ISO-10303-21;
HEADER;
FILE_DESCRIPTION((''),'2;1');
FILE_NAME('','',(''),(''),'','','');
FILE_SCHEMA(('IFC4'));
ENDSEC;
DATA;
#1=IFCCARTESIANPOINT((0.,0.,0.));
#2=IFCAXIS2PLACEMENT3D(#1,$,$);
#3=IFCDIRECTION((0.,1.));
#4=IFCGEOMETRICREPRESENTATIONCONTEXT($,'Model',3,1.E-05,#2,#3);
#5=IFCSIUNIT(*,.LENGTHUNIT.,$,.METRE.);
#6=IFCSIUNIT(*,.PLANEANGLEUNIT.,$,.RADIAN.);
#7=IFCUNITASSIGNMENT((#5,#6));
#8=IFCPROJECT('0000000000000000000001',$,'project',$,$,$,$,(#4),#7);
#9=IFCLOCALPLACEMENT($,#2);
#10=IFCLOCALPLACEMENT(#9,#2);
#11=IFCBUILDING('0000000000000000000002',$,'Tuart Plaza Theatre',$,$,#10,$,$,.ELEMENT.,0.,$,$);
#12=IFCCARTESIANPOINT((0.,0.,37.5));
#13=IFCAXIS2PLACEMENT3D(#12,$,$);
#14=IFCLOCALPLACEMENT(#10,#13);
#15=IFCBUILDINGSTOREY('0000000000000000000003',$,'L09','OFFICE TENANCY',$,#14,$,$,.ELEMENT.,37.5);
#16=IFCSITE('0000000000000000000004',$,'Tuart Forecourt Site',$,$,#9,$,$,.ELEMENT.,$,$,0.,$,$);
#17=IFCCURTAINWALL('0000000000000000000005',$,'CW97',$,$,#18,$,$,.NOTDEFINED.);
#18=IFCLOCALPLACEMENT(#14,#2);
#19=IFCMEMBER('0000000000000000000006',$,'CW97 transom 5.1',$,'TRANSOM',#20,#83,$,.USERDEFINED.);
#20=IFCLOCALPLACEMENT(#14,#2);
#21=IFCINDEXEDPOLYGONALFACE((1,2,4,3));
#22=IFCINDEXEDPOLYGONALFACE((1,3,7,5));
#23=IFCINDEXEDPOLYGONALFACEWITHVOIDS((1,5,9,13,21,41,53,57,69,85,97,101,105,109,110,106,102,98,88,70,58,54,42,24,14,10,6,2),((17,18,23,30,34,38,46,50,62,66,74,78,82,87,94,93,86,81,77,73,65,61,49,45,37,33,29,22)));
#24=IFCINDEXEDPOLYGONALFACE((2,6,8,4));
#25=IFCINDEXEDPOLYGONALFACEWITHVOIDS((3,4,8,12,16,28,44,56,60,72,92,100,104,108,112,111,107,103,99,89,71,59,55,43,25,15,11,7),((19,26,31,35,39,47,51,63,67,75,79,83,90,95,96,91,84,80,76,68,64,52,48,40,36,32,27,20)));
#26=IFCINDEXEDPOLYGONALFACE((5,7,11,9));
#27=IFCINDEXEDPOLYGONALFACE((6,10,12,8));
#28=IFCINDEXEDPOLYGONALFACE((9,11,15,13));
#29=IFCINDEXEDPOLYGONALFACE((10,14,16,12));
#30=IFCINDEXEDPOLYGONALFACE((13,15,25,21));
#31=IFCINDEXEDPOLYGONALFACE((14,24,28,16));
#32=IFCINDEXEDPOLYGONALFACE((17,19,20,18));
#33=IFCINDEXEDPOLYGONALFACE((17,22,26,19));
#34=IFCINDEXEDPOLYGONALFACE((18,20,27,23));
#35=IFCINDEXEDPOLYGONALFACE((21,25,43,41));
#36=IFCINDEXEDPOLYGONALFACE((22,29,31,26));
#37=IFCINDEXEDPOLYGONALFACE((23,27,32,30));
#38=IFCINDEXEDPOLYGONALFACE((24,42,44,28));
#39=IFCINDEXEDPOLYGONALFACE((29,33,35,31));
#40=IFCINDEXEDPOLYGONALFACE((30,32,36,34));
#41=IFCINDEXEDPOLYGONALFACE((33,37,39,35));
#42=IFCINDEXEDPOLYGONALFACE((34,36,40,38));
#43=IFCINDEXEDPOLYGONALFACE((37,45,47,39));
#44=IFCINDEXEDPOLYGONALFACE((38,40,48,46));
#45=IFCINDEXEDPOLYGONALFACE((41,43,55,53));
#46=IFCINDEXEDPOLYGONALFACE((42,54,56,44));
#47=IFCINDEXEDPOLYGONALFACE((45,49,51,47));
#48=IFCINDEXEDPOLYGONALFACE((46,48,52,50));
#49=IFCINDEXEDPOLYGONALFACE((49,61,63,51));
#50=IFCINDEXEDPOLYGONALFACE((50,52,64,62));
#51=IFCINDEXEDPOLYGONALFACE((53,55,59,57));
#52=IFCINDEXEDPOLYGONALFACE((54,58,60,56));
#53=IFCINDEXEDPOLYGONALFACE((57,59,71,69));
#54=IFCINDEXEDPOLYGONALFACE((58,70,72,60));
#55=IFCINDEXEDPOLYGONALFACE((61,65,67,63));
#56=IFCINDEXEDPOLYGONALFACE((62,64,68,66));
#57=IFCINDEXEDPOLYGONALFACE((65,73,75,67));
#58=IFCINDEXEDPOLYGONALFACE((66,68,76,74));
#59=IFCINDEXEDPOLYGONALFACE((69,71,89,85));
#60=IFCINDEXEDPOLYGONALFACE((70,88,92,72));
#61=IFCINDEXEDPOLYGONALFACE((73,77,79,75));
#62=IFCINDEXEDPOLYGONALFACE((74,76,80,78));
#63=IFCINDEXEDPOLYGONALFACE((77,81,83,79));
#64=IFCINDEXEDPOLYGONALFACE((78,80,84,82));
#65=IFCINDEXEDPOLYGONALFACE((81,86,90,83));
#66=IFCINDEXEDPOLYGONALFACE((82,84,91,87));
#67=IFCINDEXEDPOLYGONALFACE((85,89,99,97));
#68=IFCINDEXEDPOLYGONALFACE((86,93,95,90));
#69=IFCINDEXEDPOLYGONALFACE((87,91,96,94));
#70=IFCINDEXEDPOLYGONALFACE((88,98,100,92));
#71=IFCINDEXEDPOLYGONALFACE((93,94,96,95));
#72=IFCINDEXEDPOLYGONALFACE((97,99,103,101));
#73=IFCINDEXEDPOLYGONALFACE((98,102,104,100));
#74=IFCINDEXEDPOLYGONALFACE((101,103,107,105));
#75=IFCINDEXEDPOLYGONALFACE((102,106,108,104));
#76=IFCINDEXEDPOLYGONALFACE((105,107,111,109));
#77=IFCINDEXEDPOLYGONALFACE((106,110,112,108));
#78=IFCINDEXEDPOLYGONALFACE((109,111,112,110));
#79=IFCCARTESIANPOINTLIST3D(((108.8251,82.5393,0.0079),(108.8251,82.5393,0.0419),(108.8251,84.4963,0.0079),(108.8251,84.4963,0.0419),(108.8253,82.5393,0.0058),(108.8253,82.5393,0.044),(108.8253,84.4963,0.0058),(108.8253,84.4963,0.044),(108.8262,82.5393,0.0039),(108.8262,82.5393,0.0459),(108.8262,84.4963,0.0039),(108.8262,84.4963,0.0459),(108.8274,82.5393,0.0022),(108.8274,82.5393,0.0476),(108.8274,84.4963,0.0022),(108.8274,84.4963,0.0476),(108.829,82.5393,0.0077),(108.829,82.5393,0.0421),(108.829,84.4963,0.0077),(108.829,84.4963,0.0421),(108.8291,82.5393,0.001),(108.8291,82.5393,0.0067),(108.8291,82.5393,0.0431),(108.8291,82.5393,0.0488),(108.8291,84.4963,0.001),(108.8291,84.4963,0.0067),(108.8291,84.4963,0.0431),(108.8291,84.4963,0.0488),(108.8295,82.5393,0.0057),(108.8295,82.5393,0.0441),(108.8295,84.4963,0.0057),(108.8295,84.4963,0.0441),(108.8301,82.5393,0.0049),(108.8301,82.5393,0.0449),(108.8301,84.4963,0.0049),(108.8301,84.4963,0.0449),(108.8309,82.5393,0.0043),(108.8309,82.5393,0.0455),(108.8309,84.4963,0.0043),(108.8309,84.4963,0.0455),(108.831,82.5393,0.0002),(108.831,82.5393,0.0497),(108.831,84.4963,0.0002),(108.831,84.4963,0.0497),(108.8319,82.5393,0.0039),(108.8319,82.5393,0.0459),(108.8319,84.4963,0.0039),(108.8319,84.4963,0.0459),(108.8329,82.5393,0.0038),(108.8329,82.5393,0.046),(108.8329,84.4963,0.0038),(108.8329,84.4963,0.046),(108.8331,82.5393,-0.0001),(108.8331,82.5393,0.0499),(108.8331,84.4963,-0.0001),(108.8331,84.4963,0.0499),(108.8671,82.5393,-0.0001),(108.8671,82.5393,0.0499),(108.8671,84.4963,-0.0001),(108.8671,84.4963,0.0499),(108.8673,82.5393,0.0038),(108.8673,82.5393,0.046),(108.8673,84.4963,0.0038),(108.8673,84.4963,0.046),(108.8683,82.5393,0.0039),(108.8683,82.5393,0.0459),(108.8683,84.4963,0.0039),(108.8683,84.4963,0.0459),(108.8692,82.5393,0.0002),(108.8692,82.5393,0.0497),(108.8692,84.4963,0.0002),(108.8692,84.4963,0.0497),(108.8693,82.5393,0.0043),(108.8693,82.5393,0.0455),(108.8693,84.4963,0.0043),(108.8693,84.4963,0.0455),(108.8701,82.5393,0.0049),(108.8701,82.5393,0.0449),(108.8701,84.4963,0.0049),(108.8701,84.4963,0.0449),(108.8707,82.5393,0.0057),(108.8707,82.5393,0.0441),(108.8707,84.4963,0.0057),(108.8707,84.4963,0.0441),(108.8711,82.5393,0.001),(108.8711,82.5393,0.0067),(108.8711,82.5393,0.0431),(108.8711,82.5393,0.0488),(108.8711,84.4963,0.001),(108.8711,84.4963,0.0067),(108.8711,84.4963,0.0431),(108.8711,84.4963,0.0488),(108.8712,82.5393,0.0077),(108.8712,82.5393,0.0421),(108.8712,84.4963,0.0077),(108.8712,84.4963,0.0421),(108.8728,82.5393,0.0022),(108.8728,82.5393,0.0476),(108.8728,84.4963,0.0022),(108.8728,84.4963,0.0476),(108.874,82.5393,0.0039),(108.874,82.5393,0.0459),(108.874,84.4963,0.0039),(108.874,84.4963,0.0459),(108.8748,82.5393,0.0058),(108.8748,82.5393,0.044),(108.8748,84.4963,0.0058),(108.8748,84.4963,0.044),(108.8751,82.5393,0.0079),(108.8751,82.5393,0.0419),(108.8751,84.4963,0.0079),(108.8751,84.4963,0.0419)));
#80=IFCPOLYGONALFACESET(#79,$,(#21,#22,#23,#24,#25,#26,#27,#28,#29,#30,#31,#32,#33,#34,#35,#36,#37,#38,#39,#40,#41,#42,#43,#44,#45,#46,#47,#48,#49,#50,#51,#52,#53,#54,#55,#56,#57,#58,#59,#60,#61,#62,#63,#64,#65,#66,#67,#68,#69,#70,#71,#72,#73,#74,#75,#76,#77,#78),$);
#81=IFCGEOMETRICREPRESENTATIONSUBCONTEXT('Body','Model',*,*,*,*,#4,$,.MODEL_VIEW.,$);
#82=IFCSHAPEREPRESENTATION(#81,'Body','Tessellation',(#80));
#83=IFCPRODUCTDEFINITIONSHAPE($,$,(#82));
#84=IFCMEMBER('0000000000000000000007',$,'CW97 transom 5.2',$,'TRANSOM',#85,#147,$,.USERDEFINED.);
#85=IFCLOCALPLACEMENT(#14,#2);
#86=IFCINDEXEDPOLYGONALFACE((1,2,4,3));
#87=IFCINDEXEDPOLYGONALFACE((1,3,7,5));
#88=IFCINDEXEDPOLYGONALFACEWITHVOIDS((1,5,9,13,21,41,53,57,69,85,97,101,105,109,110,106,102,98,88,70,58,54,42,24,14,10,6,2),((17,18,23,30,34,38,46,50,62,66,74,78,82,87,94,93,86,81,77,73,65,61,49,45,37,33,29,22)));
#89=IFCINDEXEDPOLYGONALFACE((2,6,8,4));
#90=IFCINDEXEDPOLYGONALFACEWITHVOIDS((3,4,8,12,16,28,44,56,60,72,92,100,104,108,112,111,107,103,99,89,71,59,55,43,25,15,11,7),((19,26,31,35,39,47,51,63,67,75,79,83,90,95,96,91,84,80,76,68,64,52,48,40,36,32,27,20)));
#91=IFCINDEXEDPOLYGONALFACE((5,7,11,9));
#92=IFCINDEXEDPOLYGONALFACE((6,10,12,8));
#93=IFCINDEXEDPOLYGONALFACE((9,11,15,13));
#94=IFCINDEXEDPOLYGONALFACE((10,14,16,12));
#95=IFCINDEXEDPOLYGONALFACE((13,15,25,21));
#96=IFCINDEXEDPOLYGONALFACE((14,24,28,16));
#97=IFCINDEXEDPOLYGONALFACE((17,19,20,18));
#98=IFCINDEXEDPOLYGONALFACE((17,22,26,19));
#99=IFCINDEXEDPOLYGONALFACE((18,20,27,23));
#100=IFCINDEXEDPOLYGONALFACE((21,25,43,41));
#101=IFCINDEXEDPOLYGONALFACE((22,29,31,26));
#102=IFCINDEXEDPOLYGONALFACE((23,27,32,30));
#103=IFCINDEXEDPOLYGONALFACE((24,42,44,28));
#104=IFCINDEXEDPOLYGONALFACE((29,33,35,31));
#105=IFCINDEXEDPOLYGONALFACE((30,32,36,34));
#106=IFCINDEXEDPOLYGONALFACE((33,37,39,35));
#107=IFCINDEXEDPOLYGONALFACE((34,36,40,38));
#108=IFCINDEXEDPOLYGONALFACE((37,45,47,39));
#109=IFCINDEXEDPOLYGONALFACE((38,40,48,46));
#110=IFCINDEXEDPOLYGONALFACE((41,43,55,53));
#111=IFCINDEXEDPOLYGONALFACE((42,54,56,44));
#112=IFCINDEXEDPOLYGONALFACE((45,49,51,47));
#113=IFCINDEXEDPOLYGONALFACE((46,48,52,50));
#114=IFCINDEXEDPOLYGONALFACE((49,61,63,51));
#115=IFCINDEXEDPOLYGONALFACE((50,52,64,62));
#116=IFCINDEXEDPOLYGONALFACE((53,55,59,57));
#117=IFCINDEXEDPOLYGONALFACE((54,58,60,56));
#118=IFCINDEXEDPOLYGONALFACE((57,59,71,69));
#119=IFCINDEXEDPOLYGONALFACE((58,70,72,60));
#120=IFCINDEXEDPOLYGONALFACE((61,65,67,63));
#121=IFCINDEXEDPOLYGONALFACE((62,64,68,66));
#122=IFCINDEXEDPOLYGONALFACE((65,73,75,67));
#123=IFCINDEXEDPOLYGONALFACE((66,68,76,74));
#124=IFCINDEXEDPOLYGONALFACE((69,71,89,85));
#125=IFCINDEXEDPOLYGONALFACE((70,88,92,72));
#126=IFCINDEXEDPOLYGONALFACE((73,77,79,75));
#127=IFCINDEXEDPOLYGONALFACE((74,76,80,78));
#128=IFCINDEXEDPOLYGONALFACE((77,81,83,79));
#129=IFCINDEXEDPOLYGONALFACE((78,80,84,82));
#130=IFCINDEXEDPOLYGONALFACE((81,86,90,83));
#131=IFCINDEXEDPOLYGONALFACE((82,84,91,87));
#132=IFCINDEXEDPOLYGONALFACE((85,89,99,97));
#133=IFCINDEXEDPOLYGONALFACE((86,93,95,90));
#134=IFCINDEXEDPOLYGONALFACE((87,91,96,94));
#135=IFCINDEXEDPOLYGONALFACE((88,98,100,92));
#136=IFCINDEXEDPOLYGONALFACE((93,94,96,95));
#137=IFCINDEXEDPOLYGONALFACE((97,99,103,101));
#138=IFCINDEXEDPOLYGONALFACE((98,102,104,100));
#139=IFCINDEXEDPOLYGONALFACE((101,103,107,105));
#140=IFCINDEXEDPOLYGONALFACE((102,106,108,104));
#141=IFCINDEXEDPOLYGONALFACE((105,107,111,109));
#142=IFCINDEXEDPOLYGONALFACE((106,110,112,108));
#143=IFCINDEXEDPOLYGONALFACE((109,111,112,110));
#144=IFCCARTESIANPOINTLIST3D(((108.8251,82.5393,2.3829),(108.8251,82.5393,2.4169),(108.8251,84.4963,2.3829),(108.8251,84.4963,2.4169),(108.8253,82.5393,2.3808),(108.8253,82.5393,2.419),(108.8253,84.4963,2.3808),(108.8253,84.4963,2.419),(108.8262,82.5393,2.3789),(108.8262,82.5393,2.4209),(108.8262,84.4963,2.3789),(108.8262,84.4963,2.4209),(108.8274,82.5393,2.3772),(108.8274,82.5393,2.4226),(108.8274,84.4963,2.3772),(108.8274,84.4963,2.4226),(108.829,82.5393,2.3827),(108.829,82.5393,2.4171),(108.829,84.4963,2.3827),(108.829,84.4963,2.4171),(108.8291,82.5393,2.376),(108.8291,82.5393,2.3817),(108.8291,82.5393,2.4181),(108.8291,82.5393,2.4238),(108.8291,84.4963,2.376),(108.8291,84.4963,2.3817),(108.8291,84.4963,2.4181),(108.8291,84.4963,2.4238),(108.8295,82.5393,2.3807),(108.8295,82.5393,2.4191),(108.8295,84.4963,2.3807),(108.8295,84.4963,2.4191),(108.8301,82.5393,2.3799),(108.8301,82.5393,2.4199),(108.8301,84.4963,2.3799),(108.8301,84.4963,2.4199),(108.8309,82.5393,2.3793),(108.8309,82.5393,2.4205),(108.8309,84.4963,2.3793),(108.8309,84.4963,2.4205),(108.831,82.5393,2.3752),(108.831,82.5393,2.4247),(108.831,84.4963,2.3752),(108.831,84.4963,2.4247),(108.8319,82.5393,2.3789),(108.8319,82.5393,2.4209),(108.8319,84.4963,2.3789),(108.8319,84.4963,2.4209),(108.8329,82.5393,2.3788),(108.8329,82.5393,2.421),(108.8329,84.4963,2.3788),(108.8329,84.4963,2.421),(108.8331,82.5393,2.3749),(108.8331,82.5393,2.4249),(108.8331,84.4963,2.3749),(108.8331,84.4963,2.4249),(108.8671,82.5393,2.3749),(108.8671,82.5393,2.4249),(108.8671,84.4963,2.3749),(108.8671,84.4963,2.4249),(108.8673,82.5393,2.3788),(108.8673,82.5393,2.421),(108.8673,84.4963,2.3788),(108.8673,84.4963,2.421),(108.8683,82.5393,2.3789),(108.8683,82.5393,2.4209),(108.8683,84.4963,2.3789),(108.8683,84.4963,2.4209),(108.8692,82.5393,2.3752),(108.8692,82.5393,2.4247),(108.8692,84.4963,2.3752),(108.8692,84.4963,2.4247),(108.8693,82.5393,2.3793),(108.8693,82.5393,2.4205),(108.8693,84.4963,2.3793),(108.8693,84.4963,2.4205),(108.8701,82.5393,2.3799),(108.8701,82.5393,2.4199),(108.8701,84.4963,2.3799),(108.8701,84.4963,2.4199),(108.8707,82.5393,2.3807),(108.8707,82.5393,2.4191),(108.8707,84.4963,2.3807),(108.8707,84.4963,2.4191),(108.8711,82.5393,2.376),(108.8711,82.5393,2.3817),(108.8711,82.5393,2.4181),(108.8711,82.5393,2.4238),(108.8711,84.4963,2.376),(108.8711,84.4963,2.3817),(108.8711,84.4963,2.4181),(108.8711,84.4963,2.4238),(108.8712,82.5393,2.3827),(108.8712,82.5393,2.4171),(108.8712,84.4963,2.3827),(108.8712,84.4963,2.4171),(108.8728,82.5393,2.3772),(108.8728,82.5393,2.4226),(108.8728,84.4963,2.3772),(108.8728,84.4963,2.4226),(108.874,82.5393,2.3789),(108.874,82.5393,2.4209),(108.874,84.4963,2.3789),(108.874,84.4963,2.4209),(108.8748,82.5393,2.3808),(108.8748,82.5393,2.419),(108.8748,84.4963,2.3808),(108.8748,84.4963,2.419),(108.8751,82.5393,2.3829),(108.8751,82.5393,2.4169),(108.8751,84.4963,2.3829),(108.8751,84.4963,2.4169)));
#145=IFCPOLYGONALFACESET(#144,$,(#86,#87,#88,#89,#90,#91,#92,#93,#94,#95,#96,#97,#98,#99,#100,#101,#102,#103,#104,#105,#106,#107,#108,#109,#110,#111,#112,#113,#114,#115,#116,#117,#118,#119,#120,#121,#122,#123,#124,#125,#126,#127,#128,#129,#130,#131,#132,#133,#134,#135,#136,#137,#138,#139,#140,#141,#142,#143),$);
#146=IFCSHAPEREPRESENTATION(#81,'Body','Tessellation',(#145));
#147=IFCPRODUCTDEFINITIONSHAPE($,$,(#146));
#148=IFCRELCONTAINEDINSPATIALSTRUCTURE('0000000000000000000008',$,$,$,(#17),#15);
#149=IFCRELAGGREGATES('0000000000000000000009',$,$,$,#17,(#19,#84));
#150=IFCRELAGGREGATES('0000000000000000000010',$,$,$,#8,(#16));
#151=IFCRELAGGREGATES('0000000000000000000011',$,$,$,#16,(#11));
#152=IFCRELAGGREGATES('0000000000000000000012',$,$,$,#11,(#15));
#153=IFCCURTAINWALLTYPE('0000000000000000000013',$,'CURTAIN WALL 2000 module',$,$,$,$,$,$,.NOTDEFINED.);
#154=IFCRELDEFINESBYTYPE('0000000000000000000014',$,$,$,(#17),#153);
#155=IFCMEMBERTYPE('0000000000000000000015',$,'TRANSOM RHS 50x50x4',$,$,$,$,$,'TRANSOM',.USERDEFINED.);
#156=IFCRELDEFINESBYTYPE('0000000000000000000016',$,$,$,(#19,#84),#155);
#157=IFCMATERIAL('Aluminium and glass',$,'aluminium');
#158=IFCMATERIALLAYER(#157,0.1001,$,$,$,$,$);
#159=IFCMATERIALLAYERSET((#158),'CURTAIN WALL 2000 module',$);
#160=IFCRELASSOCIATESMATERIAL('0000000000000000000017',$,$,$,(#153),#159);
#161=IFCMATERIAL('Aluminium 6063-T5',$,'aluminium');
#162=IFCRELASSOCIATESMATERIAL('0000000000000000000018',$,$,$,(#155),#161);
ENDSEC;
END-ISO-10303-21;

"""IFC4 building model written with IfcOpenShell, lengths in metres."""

from ifc_helpers import new_model, si_unit, direction, frame, origin, origin_2d, place, context, subcontext, project, spatial, hollow_rectangle, extrude, material, layer, layer_set, material_profile, profile_set, type_object, element, aggregate, save


model = new_model("IFC4")

# Units and contexts
model_context = context("Model", 3, precision=1e-05, world=origin(), true_north=direction((0.0, 1.0)))
body_context = subcontext(model_context, "Body", "Model", "MODEL_VIEW")
ifc_project = project(units=[si_unit("LENGTHUNIT", "METRE"), si_unit("PLANEANGLEUNIT", "RADIAN")], contexts=[model_context])

# Site, building, storey
site_placement = place(None, origin())
site = spatial("IfcSite", under=ifc_project, at=site_placement, Name="Tuart Forecourt Site", CompositionType="ELEMENT", RefElevation=0.0)
building_placement = place(site_placement, origin())
building = spatial("IfcBuilding", under=site, at=building_placement, Name="Tuart Plaza Theatre", CompositionType="ELEMENT", ElevationOfRefHeight=0.0)
storey_placement = place(building_placement, frame((0.0, 0.0, 37.5)))
storey = spatial("IfcBuildingStorey", under=building, at=storey_placement, Name="L09", Description="OFFICE TENANCY", CompositionType="ELEMENT", Elevation=37.5)

# Curtain wall, members
ifc_material_1 = material(Name="Aluminium and glass", Category="aluminium")
ifc_layer_1 = layer(ifc_material_1, 0.1001)
ifc_layer_set_1 = layer_set([ifc_layer_1], Name="CURTAIN WALL 2000 module")
curtain_wall_type = type_object("IfcCurtainWallType", Name="CURTAIN WALL 2000 module", PredefinedType="NOTDEFINED", material=ifc_layer_set_1)
curtain_wall_placement = place(storey_placement, origin())
curtain_wall = element("IfcCurtainWall", 1, at=curtain_wall_placement, inside=storey, type_object=curtain_wall_type, Name="CW97", PredefinedType="NOTDEFINED")
ifc_material_2 = material(Name="Aluminium 6063-T5", Category="aluminium")
ifc_material_profile_1 = material_profile(ifc_material_2, hollow_rectangle(XDim=0.05, YDim=0.05, WallThickness=0.0039, InnerFilletRadius=0.0039, OuterFilletRadius=0.0081, at=origin_2d()), Name="RHS 50x50x4")
ifc_profile_set_1 = profile_set([ifc_material_profile_1], Name="Aluminium 6063-T5")
member_type_1 = type_object("IfcMemberType", Name="TRANSOM RHS 50x50x4", ElementType="TRANSOM", PredefinedType="USERDEFINED", material=ifc_profile_set_1)
member_1_placement = place(storey_placement, frame((108.8501, 84.4963, 0.0249), z_axis=(0.0, -1.0, 0.0), x_axis=(1.0, 0.0, 0.0)))
member_1 = element("IfcMember", 2, at=member_1_placement, type_object=member_type_1, Name="CW97 transom 5.1", ObjectType="TRANSOM", PredefinedType="USERDEFINED", context=body_context, shape_type="SweptSolid", body=[
    extrude(hollow_rectangle(XDim=0.05, YDim=0.05, WallThickness=0.0039, InnerFilletRadius=0.0039, OuterFilletRadius=0.0081, at=origin_2d()), origin(), (0.0, 0.0, 1.0), 1.957),
])
member_2_placement = place(storey_placement, frame((108.8501, 84.4963, 2.3999), z_axis=(0.0, -1.0, 0.0), x_axis=(1.0, 0.0, 0.0)))
member_2 = element("IfcMember", 3, at=member_2_placement, type_object=member_type_1, Name="CW97 transom 5.2", ObjectType="TRANSOM", PredefinedType="USERDEFINED", context=body_context, shape_type="SweptSolid", body=[
    extrude(hollow_rectangle(XDim=0.05, YDim=0.05, WallThickness=0.0039, InnerFilletRadius=0.0039, OuterFilletRadius=0.0081, at=origin_2d()), origin(), (0.0, 0.0, 1.0), 1.957),
])
aggregate(curtain_wall, [member_1, member_2])

save(model, "model.ifc")
